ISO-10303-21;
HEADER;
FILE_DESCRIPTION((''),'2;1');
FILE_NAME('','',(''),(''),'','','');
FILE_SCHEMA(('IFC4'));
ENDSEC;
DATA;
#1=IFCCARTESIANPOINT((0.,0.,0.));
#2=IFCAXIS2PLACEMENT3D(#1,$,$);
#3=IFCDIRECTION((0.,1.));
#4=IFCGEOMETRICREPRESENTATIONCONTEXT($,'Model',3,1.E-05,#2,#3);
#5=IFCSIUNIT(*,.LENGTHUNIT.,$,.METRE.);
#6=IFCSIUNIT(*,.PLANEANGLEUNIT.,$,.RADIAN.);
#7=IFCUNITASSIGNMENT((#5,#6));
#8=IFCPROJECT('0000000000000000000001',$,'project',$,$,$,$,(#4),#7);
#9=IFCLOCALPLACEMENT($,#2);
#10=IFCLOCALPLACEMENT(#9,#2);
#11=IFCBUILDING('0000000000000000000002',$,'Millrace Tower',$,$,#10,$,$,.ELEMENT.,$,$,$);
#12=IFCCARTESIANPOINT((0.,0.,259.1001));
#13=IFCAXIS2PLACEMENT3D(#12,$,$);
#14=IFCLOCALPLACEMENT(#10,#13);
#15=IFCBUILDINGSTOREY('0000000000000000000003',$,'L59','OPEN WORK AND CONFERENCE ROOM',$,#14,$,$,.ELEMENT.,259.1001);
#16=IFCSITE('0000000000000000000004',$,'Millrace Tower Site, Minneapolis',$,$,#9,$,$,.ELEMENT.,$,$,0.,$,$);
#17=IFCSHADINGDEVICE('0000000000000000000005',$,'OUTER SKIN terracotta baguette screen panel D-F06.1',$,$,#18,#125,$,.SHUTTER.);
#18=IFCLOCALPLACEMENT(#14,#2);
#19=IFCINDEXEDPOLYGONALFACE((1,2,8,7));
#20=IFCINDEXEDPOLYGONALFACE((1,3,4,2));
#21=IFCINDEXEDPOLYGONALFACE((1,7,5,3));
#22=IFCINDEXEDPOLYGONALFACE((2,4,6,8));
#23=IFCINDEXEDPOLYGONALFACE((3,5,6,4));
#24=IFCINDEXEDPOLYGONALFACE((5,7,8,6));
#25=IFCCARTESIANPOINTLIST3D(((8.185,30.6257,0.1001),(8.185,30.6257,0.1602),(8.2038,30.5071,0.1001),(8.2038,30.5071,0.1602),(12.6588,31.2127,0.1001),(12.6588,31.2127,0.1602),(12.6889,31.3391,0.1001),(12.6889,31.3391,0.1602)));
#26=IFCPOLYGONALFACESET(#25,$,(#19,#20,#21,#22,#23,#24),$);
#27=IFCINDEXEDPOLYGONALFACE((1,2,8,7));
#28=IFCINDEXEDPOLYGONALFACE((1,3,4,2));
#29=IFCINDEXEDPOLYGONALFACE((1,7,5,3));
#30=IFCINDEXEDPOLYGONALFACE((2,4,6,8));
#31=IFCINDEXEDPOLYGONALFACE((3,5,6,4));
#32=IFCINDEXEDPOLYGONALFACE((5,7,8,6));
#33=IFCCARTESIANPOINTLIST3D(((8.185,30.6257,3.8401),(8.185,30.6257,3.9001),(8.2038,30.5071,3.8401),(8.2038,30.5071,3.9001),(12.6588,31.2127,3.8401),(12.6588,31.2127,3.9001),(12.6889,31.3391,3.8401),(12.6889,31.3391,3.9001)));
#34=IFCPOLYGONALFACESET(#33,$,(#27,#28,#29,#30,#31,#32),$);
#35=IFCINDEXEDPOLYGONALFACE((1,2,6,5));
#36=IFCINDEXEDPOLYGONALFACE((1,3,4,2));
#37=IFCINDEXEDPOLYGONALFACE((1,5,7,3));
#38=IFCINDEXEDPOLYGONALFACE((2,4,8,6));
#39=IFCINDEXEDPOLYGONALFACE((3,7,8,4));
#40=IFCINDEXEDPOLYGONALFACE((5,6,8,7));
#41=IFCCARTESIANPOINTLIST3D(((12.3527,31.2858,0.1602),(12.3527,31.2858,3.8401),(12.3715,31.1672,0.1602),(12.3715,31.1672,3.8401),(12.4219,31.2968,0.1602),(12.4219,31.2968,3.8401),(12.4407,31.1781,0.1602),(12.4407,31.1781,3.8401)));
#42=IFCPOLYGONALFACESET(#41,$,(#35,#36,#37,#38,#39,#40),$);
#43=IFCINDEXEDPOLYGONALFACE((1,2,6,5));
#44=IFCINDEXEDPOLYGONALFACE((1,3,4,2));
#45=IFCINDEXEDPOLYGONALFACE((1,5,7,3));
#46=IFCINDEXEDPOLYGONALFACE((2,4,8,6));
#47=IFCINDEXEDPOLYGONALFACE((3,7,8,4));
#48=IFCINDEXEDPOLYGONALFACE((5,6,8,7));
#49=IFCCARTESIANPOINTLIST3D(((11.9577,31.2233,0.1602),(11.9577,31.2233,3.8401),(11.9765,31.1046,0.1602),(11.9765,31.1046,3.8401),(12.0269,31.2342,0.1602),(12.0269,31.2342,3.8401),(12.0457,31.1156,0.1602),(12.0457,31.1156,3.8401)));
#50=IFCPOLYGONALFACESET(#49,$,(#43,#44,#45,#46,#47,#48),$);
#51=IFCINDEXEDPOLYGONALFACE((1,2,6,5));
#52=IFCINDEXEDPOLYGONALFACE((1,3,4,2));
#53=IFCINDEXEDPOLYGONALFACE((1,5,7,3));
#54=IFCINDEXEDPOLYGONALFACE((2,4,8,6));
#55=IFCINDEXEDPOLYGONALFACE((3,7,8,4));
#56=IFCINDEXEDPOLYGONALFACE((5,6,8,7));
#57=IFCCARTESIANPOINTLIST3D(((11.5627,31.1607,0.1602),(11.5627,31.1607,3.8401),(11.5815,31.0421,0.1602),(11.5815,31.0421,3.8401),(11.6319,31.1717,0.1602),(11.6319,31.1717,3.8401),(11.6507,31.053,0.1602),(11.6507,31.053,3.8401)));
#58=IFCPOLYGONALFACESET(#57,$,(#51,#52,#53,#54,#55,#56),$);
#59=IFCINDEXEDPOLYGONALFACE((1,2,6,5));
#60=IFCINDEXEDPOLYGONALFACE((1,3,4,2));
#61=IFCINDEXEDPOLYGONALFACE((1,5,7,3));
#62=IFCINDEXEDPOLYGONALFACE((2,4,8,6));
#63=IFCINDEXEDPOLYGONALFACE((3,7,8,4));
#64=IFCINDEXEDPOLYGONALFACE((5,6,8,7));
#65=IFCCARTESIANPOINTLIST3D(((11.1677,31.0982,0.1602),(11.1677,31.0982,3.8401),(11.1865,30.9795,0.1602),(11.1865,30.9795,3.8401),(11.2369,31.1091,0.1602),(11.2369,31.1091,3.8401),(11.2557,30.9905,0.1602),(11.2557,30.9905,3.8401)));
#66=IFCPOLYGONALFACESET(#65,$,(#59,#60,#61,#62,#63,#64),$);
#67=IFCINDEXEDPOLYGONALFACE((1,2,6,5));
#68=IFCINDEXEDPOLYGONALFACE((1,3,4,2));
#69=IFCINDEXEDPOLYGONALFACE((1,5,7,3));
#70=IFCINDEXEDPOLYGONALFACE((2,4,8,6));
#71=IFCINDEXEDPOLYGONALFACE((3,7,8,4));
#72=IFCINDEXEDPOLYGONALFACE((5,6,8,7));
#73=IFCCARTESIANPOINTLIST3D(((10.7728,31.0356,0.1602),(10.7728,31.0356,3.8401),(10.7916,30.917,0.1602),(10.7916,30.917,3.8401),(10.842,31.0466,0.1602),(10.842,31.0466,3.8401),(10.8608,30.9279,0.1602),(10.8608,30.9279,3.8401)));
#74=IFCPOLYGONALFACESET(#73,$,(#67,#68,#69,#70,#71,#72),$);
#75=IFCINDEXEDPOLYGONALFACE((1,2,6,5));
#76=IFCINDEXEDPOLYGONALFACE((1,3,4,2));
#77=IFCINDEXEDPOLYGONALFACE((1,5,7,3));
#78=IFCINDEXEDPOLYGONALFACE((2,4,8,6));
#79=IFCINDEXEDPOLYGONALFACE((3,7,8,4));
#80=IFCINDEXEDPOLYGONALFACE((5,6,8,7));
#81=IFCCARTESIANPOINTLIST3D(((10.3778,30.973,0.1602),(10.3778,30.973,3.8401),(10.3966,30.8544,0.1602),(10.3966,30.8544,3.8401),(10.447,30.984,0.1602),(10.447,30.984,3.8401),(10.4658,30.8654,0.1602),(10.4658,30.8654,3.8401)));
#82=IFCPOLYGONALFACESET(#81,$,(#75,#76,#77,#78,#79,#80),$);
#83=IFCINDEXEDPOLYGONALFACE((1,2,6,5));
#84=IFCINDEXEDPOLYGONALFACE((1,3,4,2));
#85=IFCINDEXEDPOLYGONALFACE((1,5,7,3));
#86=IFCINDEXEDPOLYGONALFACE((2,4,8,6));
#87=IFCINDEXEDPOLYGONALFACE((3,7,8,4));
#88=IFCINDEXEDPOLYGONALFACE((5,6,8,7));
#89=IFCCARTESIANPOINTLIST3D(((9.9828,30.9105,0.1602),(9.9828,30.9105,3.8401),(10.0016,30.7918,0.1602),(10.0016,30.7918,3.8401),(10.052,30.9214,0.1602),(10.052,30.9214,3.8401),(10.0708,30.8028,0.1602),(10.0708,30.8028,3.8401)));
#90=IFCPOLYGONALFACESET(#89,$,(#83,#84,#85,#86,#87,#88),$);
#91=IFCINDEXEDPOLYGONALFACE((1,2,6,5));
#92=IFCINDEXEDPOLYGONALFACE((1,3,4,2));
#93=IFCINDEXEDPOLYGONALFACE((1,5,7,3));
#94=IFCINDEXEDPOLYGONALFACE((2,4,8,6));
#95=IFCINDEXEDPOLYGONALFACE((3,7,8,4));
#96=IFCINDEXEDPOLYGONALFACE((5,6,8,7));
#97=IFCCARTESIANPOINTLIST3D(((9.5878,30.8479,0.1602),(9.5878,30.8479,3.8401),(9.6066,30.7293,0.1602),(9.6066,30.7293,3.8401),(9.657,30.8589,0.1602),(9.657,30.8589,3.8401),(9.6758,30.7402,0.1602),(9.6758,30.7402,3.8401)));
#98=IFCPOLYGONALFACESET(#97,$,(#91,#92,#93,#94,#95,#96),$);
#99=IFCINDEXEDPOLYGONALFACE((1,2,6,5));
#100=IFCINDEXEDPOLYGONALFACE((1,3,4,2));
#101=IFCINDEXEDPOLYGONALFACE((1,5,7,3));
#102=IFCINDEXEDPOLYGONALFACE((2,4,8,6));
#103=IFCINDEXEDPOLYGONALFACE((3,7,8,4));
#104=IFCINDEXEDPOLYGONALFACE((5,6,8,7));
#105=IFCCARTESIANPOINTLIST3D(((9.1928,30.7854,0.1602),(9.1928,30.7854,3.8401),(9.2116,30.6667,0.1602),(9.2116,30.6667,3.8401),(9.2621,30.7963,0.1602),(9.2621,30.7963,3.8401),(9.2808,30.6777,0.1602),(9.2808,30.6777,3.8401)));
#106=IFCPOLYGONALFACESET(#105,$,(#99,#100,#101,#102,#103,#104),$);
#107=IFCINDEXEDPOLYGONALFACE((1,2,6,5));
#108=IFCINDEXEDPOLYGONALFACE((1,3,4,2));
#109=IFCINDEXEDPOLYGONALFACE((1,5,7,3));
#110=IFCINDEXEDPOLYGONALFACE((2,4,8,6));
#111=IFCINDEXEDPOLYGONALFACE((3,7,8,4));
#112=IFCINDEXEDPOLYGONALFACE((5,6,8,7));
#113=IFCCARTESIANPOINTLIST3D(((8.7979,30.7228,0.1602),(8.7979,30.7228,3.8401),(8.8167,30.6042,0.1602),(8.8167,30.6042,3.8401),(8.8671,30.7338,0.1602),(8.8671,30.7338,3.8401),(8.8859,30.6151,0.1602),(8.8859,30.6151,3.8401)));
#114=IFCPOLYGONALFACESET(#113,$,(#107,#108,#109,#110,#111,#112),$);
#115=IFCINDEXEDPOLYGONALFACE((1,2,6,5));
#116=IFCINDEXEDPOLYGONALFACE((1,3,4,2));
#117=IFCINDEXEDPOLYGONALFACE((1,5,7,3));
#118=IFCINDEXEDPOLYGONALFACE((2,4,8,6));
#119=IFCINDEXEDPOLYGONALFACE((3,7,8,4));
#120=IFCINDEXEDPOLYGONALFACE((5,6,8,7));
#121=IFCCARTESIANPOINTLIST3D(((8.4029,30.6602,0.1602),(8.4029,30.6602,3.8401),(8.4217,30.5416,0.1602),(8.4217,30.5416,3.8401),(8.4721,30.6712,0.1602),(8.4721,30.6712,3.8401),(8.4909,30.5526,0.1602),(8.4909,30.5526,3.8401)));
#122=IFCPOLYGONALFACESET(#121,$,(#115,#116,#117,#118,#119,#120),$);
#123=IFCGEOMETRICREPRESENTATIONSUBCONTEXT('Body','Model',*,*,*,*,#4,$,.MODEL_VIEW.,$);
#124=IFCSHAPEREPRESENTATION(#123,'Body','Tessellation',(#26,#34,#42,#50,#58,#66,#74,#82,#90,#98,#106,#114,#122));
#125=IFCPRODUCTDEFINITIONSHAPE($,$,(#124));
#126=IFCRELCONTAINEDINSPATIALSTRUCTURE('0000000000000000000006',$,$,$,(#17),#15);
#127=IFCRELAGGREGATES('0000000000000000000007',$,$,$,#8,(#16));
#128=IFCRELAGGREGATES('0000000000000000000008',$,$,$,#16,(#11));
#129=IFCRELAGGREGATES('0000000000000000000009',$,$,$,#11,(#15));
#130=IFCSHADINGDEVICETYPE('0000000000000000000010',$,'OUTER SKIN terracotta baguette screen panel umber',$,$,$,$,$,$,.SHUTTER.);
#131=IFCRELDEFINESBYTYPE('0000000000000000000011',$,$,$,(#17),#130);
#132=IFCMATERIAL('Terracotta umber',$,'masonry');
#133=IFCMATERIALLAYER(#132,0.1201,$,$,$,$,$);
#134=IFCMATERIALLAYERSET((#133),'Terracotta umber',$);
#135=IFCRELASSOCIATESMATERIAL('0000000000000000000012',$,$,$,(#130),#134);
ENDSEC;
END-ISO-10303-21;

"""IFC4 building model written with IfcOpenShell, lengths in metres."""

from ifc_helpers import new_model, entity, si_unit, direction, frame, frame_2d, origin, place, context, subcontext, project, spatial, rectangle, extrude, source, transform, mapped, material, layer, layer_set, type_object, element, save


model = new_model("IFC4")

# Units and contexts
model_context = context("Model", 3, precision=1e-05, world=origin(), true_north=direction((0.0, 1.0)))
body_context = subcontext(model_context, "Body", "Model", "MODEL_VIEW")
ifc_project = project(units=[si_unit("LENGTHUNIT", "METRE"), si_unit("PLANEANGLEUNIT", "RADIAN")], contexts=[model_context])

# Site, building, storey
site_placement = place(None, origin())
site = spatial("IfcSite", under=ifc_project, at=site_placement, Name="Millrace Tower Site, Minneapolis", CompositionType="ELEMENT", RefElevation=0.0)
building_placement = place(site_placement, origin())
building = spatial("IfcBuilding", under=site, at=building_placement, Name="Millrace Tower", CompositionType="ELEMENT")
storey_placement = place(building_placement, frame((0.0, 0.0, 259.1001)))
storey = spatial("IfcBuildingStorey", under=building, at=storey_placement, Name="L59", Description="OPEN WORK AND CONFERENCE ROOM", CompositionType="ELEMENT", Elevation=259.1001)

# Shading device
ifc_material_1 = material(Name="Terracotta umber", Category="masonry")
ifc_layer_1 = layer(ifc_material_1, 0.1201)
ifc_layer_set_1 = layer_set([ifc_layer_1], Name="Terracotta umber")
shading_device_type = type_object("IfcShadingDeviceType", Name="OUTER SKIN terracotta baguette screen panel umber", PredefinedType="SHUTTER", material=ifc_layer_set_1)
cartesian_point_1 = entity("IfcCartesianPoint", [-2.2429, 0.0601])
shared_polyline_1 = entity("IfcPolyline", [cartesian_point_1, entity("IfcCartesianPoint", [2.2676, 0.0601]), entity("IfcCartesianPoint", [2.2676, -0.0601]), entity("IfcCartesianPoint", [-2.2925, -0.0601]), cartesian_point_1])
shared_shape_1 = source(origin(), body_context, "Body", "SweptSolid", [
    entity("IfcExtrudedAreaSolid", entity("IfcArbitraryClosedProfileDef", "AREA", None, shared_polyline_1), entity("IfcAxis2Placement3D", entity("IfcCartesianPoint", [0.0, 0.0, 0.0])), entity("IfcDirection", [0.0, 0.0, 1.0]), 0.0601),
    entity("IfcExtrudedAreaSolid", entity("IfcArbitraryClosedProfileDef", "AREA", None, shared_polyline_1), entity("IfcAxis2Placement3D", entity("IfcCartesianPoint", [0.0, 0.0, 3.74])), entity("IfcDirection", [0.0, 0.0, 1.0]), 0.0601),
    extrude(rectangle(XDim=0.0701, YDim=0.1201, at=frame_2d((-1.9871, 0.0))), frame((0.0, 0.0, 0.0601)), (0.0, 0.0, 1.0), 3.6799),
    extrude(rectangle(XDim=0.0701, YDim=0.1201, at=frame_2d((-1.5872, 0.0))), frame((0.0, 0.0, 0.0601)), (0.0, 0.0, 1.0), 3.6799),
    extrude(rectangle(XDim=0.0701, YDim=0.1201, at=frame_2d((-1.1873, 0.0))), frame((0.0, 0.0, 0.0601)), (0.0, 0.0, 1.0), 3.6799),
    extrude(rectangle(XDim=0.0701, YDim=0.1201, at=frame_2d((-0.7874, 0.0))), frame((0.0, 0.0, 0.0601)), (0.0, 0.0, 1.0), 3.6799),
    extrude(rectangle(XDim=0.0701, YDim=0.1201, at=frame_2d((-0.3875, 0.0))), frame((0.0, 0.0, 0.0601)), (0.0, 0.0, 1.0), 3.6799),
    extrude(rectangle(XDim=0.0701, YDim=0.1201, at=frame_2d((0.0125, 0.0))), frame((0.0, 0.0, 0.0601)), (0.0, 0.0, 1.0), 3.6799),
    extrude(rectangle(XDim=0.0701, YDim=0.1201, at=frame_2d((0.4124, 0.0))), frame((0.0, 0.0, 0.0601)), (0.0, 0.0, 1.0), 3.6799),
    extrude(rectangle(XDim=0.0701, YDim=0.1201, at=frame_2d((0.8123, 0.0))), frame((0.0, 0.0, 0.0601)), (0.0, 0.0, 1.0), 3.6799),
    extrude(rectangle(XDim=0.0701, YDim=0.1201, at=frame_2d((1.2122, 0.0))), frame((0.0, 0.0, 0.0601)), (0.0, 0.0, 1.0), 3.6799),
    extrude(rectangle(XDim=0.0701, YDim=0.1201, at=frame_2d((1.6121, 0.0))), frame((0.0, 0.0, 0.0601)), (0.0, 0.0, 1.0), 3.6799),
    extrude(rectangle(XDim=0.0701, YDim=0.1201, at=frame_2d((2.012, 0.0))), frame((0.0, 0.0, 0.0601)), (0.0, 0.0, 1.0), 3.6799),
])
shading_device_1_placement = place(storey_placement, frame((10.4341, 30.9211, 0.1001), z_axis=(0.0, 0.0, 1.0), x_axis=(-0.987688, -0.156434, 0.0)))
element("IfcShadingDevice", 1, at=shading_device_1_placement, inside=storey, type_object=shading_device_type, Name="OUTER SKIN terracotta baguette screen panel D-F06.1", PredefinedType="SHUTTER", context=body_context, shape_type="MappedRepresentation", body=[
    mapped(shared_shape_1, transform((0.0, 0.0, 0.0), scale=1.0)),
])

save(model, "model.ifc")
